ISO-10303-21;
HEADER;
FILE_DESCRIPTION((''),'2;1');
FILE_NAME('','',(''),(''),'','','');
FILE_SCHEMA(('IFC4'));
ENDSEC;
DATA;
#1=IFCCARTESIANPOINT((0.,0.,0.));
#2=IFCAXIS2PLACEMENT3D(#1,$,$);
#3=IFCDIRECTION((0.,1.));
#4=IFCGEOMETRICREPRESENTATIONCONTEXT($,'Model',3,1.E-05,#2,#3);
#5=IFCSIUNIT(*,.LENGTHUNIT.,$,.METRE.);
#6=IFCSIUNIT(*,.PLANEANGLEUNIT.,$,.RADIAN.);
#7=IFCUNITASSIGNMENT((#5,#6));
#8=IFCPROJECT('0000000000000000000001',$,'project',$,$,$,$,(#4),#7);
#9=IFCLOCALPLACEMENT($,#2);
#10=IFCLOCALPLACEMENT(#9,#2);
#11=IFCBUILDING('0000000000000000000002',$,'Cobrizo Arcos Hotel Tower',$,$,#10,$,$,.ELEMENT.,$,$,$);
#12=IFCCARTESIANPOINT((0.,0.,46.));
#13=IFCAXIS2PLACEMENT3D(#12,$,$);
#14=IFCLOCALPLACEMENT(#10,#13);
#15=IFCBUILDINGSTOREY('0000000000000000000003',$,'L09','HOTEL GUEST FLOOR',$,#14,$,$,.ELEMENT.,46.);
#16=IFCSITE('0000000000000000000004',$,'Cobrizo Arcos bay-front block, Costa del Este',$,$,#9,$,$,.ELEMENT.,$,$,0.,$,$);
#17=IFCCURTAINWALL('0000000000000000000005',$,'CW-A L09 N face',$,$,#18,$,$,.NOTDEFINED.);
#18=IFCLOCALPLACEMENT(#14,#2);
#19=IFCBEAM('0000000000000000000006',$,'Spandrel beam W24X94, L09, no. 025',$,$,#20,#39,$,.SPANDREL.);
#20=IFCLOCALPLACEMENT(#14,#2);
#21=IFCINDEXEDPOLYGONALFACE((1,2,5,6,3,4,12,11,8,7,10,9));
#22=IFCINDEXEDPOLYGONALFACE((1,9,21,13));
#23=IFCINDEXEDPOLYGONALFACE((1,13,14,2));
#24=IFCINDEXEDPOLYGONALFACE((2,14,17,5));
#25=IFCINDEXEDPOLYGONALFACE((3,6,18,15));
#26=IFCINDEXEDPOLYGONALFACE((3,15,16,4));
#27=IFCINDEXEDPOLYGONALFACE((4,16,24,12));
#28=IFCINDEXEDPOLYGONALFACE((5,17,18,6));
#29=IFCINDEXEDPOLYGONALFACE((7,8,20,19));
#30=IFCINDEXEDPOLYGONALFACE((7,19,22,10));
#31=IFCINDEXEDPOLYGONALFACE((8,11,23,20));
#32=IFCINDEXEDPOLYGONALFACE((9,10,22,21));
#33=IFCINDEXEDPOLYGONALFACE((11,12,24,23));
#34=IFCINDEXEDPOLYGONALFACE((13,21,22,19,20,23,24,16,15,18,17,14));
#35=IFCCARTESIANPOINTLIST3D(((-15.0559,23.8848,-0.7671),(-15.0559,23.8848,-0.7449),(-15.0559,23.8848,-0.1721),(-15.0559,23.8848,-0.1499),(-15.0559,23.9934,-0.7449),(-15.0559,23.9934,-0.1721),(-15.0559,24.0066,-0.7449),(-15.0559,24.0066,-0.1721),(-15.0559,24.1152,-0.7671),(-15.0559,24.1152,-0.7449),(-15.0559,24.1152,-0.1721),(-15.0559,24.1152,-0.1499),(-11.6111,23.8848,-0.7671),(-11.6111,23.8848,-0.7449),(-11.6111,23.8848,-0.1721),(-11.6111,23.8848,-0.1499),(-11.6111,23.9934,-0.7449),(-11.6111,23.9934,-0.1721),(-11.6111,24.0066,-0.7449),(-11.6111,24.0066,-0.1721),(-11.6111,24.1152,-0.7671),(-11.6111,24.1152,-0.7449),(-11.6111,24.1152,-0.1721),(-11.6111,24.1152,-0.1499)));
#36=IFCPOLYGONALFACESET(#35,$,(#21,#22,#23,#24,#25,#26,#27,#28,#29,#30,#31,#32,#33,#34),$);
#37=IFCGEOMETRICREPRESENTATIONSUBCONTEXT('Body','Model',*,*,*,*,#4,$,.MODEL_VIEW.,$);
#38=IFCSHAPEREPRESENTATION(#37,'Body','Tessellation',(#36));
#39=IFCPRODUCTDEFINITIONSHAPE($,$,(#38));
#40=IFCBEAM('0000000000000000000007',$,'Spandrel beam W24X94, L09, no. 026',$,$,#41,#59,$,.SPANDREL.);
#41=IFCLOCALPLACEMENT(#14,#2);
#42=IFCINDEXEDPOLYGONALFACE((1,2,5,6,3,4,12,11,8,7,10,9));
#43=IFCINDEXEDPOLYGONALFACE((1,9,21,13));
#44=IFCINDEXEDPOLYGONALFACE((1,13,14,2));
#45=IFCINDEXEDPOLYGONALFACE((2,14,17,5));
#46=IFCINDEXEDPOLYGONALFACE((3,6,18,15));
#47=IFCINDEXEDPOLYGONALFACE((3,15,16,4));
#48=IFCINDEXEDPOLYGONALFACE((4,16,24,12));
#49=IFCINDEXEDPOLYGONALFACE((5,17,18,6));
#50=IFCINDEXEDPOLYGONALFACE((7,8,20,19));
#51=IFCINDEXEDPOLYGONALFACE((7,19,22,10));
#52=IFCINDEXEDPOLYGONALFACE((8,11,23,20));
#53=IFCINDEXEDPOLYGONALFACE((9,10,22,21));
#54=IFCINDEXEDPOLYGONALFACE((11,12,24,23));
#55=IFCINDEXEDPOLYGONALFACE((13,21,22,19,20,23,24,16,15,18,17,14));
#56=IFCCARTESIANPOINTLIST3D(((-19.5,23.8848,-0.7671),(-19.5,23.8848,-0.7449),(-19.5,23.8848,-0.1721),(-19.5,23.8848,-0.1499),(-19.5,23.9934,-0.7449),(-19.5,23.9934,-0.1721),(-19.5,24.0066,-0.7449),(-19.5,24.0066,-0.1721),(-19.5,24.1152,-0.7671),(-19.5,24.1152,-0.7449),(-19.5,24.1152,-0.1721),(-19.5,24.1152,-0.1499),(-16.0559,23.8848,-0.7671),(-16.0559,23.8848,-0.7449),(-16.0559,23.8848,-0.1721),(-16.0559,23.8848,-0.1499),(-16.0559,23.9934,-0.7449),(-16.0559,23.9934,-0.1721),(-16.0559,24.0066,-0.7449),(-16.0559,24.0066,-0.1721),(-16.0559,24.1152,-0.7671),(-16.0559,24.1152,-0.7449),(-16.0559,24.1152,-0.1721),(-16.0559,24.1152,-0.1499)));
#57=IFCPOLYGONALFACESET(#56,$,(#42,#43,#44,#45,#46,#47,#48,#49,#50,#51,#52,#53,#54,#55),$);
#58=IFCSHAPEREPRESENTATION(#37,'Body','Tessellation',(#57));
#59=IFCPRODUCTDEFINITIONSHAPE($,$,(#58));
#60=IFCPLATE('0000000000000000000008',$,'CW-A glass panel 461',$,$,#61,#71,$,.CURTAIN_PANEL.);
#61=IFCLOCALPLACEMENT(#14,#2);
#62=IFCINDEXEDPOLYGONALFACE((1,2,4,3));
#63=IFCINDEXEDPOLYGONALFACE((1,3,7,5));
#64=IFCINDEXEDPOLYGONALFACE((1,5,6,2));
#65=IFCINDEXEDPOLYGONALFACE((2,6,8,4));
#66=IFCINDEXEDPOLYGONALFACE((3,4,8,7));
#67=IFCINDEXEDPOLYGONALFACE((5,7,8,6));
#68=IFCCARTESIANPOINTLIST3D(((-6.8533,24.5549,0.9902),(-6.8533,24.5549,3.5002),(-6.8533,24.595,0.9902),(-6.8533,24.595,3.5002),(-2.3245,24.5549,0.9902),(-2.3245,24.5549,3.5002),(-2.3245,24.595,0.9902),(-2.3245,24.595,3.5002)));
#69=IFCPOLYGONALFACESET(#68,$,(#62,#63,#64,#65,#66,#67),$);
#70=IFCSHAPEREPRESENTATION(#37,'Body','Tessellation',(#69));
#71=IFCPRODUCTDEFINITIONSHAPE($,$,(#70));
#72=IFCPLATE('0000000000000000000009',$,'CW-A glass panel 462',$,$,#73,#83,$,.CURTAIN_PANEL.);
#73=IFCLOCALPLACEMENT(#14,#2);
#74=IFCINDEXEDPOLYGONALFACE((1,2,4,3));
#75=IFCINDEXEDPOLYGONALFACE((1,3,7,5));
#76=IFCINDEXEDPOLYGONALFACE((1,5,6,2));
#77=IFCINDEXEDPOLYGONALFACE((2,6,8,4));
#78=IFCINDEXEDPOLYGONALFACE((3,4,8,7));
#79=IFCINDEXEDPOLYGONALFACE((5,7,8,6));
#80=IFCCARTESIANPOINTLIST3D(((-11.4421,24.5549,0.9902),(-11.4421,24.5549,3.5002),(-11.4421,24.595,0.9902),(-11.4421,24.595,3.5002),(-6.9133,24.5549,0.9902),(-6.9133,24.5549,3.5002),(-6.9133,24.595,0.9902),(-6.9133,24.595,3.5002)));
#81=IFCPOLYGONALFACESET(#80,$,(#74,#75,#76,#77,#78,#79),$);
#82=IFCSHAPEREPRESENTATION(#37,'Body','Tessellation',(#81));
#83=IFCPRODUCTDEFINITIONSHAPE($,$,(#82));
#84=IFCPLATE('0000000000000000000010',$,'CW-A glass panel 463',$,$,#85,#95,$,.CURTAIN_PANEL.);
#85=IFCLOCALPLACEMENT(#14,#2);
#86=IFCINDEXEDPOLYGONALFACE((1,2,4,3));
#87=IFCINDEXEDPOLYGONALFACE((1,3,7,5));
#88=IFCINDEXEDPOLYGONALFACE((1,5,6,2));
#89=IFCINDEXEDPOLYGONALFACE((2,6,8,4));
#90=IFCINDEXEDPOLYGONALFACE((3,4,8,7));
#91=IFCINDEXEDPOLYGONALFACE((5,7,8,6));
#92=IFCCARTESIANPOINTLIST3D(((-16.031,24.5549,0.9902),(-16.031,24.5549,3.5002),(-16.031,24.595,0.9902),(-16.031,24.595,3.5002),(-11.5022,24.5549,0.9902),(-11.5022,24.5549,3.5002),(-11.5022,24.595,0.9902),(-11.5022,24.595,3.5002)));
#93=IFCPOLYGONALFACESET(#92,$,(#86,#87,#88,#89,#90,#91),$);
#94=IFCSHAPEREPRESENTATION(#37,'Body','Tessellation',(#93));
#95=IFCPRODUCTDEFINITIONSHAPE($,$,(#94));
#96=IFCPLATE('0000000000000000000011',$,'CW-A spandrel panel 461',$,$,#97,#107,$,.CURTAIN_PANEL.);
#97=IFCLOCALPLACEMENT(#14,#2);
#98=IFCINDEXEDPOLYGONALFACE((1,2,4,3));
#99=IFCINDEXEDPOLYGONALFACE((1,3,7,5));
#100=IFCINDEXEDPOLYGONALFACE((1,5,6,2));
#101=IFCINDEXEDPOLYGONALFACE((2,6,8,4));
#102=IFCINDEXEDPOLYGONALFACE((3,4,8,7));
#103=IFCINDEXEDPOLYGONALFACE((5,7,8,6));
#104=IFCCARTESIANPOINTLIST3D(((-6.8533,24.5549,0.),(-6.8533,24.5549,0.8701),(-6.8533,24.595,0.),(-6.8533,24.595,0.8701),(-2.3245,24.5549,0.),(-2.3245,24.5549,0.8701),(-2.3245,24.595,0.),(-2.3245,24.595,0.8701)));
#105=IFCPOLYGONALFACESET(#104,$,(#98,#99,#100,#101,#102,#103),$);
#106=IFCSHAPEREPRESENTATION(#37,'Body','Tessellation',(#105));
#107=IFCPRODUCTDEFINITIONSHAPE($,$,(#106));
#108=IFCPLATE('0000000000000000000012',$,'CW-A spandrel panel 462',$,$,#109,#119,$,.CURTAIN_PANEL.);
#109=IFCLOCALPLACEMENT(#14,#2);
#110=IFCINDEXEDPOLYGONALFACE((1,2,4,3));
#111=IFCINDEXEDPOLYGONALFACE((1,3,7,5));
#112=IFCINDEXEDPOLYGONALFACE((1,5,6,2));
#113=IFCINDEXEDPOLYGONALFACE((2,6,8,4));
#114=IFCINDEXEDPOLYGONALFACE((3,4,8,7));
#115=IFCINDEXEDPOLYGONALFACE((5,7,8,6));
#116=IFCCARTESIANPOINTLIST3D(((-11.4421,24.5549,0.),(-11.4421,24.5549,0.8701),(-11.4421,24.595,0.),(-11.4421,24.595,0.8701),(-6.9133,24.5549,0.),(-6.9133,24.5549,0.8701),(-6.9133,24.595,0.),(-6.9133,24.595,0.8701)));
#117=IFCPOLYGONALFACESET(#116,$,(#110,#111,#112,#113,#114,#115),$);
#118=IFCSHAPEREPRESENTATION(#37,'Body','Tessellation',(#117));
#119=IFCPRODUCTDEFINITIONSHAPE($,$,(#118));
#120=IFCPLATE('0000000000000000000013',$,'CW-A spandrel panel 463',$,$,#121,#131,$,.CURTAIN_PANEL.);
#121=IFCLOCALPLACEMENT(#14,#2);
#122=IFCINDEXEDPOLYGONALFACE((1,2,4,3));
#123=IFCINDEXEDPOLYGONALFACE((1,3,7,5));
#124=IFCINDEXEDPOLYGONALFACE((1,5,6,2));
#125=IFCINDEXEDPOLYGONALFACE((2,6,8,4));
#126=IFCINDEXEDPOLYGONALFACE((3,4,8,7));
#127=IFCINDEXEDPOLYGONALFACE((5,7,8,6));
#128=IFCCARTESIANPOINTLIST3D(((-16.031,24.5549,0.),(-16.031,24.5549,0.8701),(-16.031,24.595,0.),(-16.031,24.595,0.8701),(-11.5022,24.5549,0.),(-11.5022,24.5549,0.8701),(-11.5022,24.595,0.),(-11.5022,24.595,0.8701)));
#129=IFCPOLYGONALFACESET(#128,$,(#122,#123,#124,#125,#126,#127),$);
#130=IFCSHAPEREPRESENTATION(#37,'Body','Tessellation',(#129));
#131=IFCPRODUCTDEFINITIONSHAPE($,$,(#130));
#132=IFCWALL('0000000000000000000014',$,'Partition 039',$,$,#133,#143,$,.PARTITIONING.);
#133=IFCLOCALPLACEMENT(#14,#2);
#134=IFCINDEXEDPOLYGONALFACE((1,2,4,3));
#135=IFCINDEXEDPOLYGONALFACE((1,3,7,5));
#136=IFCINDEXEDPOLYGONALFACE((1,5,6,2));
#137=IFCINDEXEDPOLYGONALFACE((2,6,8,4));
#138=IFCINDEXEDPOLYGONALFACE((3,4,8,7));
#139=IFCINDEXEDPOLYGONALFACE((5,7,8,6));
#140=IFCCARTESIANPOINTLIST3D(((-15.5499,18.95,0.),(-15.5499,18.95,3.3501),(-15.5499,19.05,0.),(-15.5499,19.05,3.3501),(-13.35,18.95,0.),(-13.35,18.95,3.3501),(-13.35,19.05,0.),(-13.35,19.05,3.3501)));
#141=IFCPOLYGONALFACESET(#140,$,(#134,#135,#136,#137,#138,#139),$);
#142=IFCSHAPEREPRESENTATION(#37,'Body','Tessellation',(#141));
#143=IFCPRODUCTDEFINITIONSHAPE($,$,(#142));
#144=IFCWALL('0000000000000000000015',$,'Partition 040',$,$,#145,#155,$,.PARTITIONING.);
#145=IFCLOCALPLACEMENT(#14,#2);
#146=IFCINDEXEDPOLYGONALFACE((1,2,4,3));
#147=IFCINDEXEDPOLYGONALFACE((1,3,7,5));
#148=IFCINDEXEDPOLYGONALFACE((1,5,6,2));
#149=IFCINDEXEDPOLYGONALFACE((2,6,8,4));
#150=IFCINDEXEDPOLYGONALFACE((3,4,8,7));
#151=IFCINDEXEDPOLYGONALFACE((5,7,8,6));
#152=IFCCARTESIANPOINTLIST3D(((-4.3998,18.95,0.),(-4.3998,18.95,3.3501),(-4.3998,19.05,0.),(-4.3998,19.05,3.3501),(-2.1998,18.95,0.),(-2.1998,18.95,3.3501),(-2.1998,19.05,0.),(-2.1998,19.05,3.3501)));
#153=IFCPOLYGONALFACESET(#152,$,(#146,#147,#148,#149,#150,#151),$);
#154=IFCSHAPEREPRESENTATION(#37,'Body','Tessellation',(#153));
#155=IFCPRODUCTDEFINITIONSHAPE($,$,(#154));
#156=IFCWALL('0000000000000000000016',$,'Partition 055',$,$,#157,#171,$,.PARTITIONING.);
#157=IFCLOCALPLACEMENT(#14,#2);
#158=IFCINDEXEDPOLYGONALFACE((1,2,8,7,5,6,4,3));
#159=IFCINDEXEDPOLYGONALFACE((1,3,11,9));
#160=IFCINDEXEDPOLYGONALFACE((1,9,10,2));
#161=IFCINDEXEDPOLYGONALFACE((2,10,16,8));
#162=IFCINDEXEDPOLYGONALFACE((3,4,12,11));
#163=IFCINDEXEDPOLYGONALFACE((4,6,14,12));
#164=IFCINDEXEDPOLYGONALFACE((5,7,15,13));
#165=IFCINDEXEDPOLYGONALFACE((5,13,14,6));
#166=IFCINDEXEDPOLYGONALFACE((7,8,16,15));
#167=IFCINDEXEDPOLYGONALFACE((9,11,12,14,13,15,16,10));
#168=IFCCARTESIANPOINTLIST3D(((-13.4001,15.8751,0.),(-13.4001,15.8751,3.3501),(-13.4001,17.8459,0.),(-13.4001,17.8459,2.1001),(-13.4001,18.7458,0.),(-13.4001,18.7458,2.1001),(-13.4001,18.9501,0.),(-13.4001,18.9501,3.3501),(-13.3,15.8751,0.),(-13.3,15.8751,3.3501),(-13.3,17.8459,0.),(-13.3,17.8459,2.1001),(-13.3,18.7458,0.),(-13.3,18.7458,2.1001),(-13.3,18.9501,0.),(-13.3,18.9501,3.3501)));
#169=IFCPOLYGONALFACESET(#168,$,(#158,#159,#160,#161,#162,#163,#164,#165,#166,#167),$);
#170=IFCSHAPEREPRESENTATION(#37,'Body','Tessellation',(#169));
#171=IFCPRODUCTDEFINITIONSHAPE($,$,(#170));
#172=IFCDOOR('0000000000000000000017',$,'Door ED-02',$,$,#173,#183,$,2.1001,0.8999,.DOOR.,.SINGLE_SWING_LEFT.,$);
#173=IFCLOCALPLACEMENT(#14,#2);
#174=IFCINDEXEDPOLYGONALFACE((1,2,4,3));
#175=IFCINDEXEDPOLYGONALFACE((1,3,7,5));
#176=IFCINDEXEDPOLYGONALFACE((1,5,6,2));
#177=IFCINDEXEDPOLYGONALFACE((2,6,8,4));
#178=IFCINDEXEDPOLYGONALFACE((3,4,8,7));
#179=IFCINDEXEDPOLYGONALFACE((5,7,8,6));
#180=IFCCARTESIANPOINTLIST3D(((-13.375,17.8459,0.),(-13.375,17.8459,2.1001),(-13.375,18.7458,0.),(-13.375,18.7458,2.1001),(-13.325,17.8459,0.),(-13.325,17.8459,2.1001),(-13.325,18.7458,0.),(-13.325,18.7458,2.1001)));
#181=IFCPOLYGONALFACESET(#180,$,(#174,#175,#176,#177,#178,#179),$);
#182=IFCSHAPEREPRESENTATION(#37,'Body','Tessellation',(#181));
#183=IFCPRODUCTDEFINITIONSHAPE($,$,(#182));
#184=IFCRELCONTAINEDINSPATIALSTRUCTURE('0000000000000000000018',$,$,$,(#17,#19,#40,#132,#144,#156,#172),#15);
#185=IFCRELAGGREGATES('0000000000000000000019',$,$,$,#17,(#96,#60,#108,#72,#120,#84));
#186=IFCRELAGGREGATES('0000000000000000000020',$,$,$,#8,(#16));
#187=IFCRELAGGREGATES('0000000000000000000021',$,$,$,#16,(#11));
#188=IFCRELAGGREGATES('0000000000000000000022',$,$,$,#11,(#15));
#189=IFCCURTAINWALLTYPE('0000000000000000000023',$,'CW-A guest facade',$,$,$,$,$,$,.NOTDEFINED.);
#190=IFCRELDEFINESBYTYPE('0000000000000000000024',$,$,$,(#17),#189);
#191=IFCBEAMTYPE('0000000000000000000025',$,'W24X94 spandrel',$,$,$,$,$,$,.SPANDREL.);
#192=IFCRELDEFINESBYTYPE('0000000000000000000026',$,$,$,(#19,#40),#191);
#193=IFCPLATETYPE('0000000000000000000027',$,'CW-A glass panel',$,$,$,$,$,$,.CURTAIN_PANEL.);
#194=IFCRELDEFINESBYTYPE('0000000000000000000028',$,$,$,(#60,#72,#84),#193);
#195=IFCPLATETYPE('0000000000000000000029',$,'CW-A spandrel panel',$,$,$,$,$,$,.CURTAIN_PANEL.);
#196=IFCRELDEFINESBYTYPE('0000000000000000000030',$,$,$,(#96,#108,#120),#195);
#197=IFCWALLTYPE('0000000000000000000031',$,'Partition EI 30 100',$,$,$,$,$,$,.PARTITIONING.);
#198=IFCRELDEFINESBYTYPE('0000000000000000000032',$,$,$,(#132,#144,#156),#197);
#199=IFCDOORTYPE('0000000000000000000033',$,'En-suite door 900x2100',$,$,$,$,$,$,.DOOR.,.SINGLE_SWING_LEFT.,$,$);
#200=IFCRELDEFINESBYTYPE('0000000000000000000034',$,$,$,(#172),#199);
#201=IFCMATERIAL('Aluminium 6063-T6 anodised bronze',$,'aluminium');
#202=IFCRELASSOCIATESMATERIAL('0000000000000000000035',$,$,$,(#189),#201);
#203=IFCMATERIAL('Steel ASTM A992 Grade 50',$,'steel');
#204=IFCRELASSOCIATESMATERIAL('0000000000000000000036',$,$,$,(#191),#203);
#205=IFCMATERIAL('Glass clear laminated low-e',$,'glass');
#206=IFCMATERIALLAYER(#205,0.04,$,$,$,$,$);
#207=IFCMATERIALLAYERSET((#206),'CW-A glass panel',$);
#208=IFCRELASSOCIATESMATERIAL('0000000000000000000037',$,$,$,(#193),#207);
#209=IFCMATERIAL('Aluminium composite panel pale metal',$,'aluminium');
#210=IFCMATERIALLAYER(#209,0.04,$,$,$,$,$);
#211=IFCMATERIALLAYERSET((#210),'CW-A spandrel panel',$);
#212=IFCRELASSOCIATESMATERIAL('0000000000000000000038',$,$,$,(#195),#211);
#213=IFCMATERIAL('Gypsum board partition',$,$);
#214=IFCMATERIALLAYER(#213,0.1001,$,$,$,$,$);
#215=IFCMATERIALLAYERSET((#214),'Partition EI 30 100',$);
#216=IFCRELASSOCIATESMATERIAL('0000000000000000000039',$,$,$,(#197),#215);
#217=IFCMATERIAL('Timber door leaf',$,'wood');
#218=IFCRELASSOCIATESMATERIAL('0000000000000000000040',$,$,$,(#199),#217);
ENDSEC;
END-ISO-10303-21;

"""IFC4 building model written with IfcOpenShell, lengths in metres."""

from ifc_helpers import new_model, si_unit, direction, frame, frame_2d, origin, origin_2d, place, context, subcontext, project, spatial, rectangle, i_section, extrude, material, layer, layer_set, material_profile, profile_set, type_object, element, fill, aggregate, save


model = new_model("IFC4")

# Units and contexts
model_context = context("Model", 3, precision=1e-05, world=origin(), true_north=direction((0.0, 1.0)))
body_context = subcontext(model_context, "Body", "Model", "MODEL_VIEW")
ifc_project = project(units=[si_unit("LENGTHUNIT", "METRE"), si_unit("PLANEANGLEUNIT", "RADIAN")], contexts=[model_context])

# Site, building, storey
site_placement = place(None, origin())
site = spatial("IfcSite", under=ifc_project, at=site_placement, Name="Cobrizo Arcos bay-front block, Costa del Este", CompositionType="ELEMENT", RefElevation=0.0)
building_placement = place(site_placement, origin())
building = spatial("IfcBuilding", under=site, at=building_placement, Name="Cobrizo Arcos Hotel Tower", CompositionType="ELEMENT")
storey_placement = place(building_placement, frame((0.0, 0.0, 46.0)))
storey = spatial("IfcBuildingStorey", under=building, at=storey_placement, Name="L09", Description="HOTEL GUEST FLOOR", CompositionType="ELEMENT", Elevation=46.0)

# Curtain wall
ifc_material_1 = material(Name="Aluminium 6063-T6 anodised bronze", Category="aluminium")
curtain_wall_type = type_object("IfcCurtainWallType", Name="CW-A guest facade", PredefinedType="NOTDEFINED", material=ifc_material_1)
curtain_wall_placement = place(storey_placement, origin())
curtain_wall = element("IfcCurtainWall", 1, at=curtain_wall_placement, inside=storey, type_object=curtain_wall_type, Name="CW-A L09 N face", PredefinedType="NOTDEFINED")

# Beams
ifc_material_2 = material(Name="Steel ASTM A992 Grade 50", Category="steel")
ifc_material_profile_1 = material_profile(ifc_material_2, i_section(OverallWidth=0.2305, OverallDepth=0.6172, WebThickness=0.0132, FlangeThickness=0.0222, at=origin_2d()), Name="W24X94")
ifc_profile_set_1 = profile_set([ifc_material_profile_1], Name="Steel ASTM A992 Grade 50")
beam_type = type_object("IfcBeamType", Name="W24X94 spandrel", PredefinedType="SPANDREL", material=ifc_profile_set_1)
beam_1_placement = place(storey_placement, frame((-11.6111, 24.0, -0.4585), z_axis=(-1.0, 0.0, 0.0), x_axis=(0.0, -1.0, 0.0)))
element("IfcBeam", 2, at=beam_1_placement, inside=storey, type_object=beam_type, Name="Spandrel beam W24X94, L09, no. 025", PredefinedType="SPANDREL", context=body_context, shape_type="SweptSolid", body=[
    extrude(i_section(OverallWidth=0.2305, OverallDepth=0.6172, WebThickness=0.0132, FlangeThickness=0.0222, at=origin_2d()), origin(), (0.0, 0.0, 1.0), 3.4448),
])
beam_2_placement = place(storey_placement, frame((-16.0559, 24.0, -0.4585), z_axis=(-1.0, 0.0, 0.0), x_axis=(0.0, -1.0, 0.0)))
element("IfcBeam", 3, at=beam_2_placement, inside=storey, type_object=beam_type, Name="Spandrel beam W24X94, L09, no. 026", PredefinedType="SPANDREL", context=body_context, shape_type="SweptSolid", body=[
    extrude(i_section(OverallWidth=0.2305, OverallDepth=0.6172, WebThickness=0.0132, FlangeThickness=0.0222, at=origin_2d()), origin(), (0.0, 0.0, 1.0), 3.4441),
])

# Plates
ifc_material_3 = material(Name="Glass clear laminated low-e", Category="glass")
ifc_layer_1 = layer(ifc_material_3, 0.04)
ifc_layer_set_1 = layer_set([ifc_layer_1], Name="CW-A glass panel")
plate_type_1 = type_object("IfcPlateType", Name="CW-A glass panel", PredefinedType="CURTAIN_PANEL", material=ifc_layer_set_1)
plate_1_placement = place(storey_placement, frame((-4.5889, 24.575, 0.9902), z_axis=(0.0, 0.0, 1.0), x_axis=(-1.0, 0.0, 0.0)))
plate_1 = element("IfcPlate", 4, at=plate_1_placement, type_object=plate_type_1, Name="CW-A glass panel 461", PredefinedType="CURTAIN_PANEL", context=body_context, shape_type="SweptSolid", body=[
    extrude(rectangle(XDim=4.5288, YDim=0.04, at=origin_2d()), origin(), (0.0, 0.0, 1.0), 2.51),
])
plate_2_placement = place(storey_placement, frame((-9.1777, 24.575, 0.9902), z_axis=(0.0, 0.0, 1.0), x_axis=(-1.0, 0.0, 0.0)))
plate_2 = element("IfcPlate", 5, at=plate_2_placement, type_object=plate_type_1, Name="CW-A glass panel 462", PredefinedType="CURTAIN_PANEL", context=body_context, shape_type="SweptSolid", body=[
    extrude(rectangle(XDim=4.5288, YDim=0.04, at=origin_2d()), origin(), (0.0, 0.0, 1.0), 2.51),
])
plate_3_placement = place(storey_placement, frame((-13.7666, 24.575, 0.9902), z_axis=(0.0, 0.0, 1.0), x_axis=(-1.0, 0.0, 0.0)))
plate_3 = element("IfcPlate", 6, at=plate_3_placement, type_object=plate_type_1, Name="CW-A glass panel 463", PredefinedType="CURTAIN_PANEL", context=body_context, shape_type="SweptSolid", body=[
    extrude(rectangle(XDim=4.5288, YDim=0.04, at=origin_2d()), origin(), (0.0, 0.0, 1.0), 2.51),
])
ifc_material_4 = material(Name="Aluminium composite panel pale metal", Category="aluminium")
ifc_layer_2 = layer(ifc_material_4, 0.04)
ifc_layer_set_2 = layer_set([ifc_layer_2], Name="CW-A spandrel panel")
plate_type_2 = type_object("IfcPlateType", Name="CW-A spandrel panel", PredefinedType="CURTAIN_PANEL", material=ifc_layer_set_2)
plate_4_placement = place(storey_placement, frame((-4.5889, 24.575, 0.0), z_axis=(0.0, 0.0, 1.0), x_axis=(-1.0, 0.0, 0.0)))
plate_4 = element("IfcPlate", 7, at=plate_4_placement, type_object=plate_type_2, Name="CW-A spandrel panel 461", PredefinedType="CURTAIN_PANEL", context=body_context, shape_type="SweptSolid", body=[
    extrude(rectangle(XDim=4.5288, YDim=0.04, at=origin_2d()), origin(), (0.0, 0.0, 1.0), 0.8701),
])
plate_5_placement = place(storey_placement, frame((-9.1777, 24.575, 0.0), z_axis=(0.0, 0.0, 1.0), x_axis=(-1.0, 0.0, 0.0)))
plate_5 = element("IfcPlate", 8, at=plate_5_placement, type_object=plate_type_2, Name="CW-A spandrel panel 462", PredefinedType="CURTAIN_PANEL", context=body_context, shape_type="SweptSolid", body=[
    extrude(rectangle(XDim=4.5288, YDim=0.04, at=origin_2d()), origin(), (0.0, 0.0, 1.0), 0.8701),
])
plate_6_placement = place(storey_placement, frame((-13.7666, 24.575, 0.0), z_axis=(0.0, 0.0, 1.0), x_axis=(-1.0, 0.0, 0.0)))
plate_6 = element("IfcPlate", 9, at=plate_6_placement, type_object=plate_type_2, Name="CW-A spandrel panel 463", PredefinedType="CURTAIN_PANEL", context=body_context, shape_type="SweptSolid", body=[
    extrude(rectangle(XDim=4.5288, YDim=0.04, at=origin_2d()), origin(), (0.0, 0.0, 1.0), 0.8701),
])
aggregate(curtain_wall, [plate_4, plate_1, plate_5, plate_2, plate_6, plate_3])

# Walls
ifc_material_5 = material(Name="Gypsum board partition")
ifc_layer_3 = layer(ifc_material_5, 0.1001)
ifc_layer_set_3 = layer_set([ifc_layer_3], Name="Partition EI 30 100")
wall_type = type_object("IfcWallType", Name="Partition EI 30 100", PredefinedType="PARTITIONING", material=ifc_layer_set_3)
for number, where, z_axis, x_axis, name in (
    (10, (-15.55, 19.0, 0.0), (0.0, 0.0, 1.0), (1.0, 0.0, 0.0), "Partition 039"),
    (11, (-4.3999, 19.0, 0.0), (0.0, 0.0, 1.0), (1.0, 0.0, 0.0), "Partition 040"),
):
    element("IfcWall", number, at=place(storey_placement, frame(where, z_axis=z_axis, x_axis=x_axis)), inside=storey, type_object=wall_type, Name=name, PredefinedType="PARTITIONING", context=body_context, shape_type="SweptSolid", body=[
        extrude(rectangle(XDim=2.2, YDim=0.1001, at=frame_2d((1.1001, 0.0))), origin(), (0.0, 0.0, 1.0), 3.3501),
    ])

# Wall, opening, door
wall_1_placement = place(storey_placement, frame((-13.3501, 15.875, 0.0), z_axis=(0.0, 0.0, 1.0), x_axis=(0.0, 1.0, 0.0)))
wall_1 = element("IfcWall", 12, at=wall_1_placement, inside=storey, type_object=wall_type, Name="Partition 055", PredefinedType="PARTITIONING", context=body_context, shape_type="SweptSolid", body=[
    extrude(rectangle(XDim=3.075, YDim=0.1001, at=frame_2d((1.5376, 0.0))), origin(), (0.0, 0.0, 1.0), 3.3501),
])
opening_1_placement = place(wall_1_placement, frame((1.9709, 0.0, 0.0)))
opening_1 = element("IfcOpeningElement", 13, at=opening_1_placement, cuts=wall_1, PredefinedType="OPENING", context=body_context, shape_type="SweptSolid", body=[
    extrude(rectangle(XDim=0.8999, YDim=2.1001, at=frame_2d((0.45, 1.05))), frame((0.0, 0.062, 0.0), z_axis=(0.0, -1.0, 0.0), x_axis=(1.0, 0.0, 0.0)), (0.0, 0.0, 1.0), 0.124),
])
ifc_material_6 = material(Name="Timber door leaf", Category="wood")
door_type_1 = type_object("IfcDoorType", Name="En-suite door 900x2100", OperationType="SINGLE_SWING_LEFT", PredefinedType="DOOR", material=ifc_material_6)
door_1_placement = place(opening_1_placement, origin())
door_1 = element("IfcDoor", 14, at=door_1_placement, inside=storey, type_object=door_type_1, Name="Door ED-02", OperationType="SINGLE_SWING_LEFT", OverallHeight=2.1001, OverallWidth=0.8999, PredefinedType="DOOR", context=body_context, shape_type="SweptSolid", body=[
    extrude(rectangle(XDim=0.8999, YDim=2.1001, at=frame_2d((0.45, 1.05))), frame((0.0, 0.0249, 0.0), z_axis=(0.0, -1.0, 0.0), x_axis=(1.0, 0.0, 0.0)), (0.0, 0.0, 1.0), 0.05),
])
fill(opening_1, door_1)

save(model, "model.ifc")
